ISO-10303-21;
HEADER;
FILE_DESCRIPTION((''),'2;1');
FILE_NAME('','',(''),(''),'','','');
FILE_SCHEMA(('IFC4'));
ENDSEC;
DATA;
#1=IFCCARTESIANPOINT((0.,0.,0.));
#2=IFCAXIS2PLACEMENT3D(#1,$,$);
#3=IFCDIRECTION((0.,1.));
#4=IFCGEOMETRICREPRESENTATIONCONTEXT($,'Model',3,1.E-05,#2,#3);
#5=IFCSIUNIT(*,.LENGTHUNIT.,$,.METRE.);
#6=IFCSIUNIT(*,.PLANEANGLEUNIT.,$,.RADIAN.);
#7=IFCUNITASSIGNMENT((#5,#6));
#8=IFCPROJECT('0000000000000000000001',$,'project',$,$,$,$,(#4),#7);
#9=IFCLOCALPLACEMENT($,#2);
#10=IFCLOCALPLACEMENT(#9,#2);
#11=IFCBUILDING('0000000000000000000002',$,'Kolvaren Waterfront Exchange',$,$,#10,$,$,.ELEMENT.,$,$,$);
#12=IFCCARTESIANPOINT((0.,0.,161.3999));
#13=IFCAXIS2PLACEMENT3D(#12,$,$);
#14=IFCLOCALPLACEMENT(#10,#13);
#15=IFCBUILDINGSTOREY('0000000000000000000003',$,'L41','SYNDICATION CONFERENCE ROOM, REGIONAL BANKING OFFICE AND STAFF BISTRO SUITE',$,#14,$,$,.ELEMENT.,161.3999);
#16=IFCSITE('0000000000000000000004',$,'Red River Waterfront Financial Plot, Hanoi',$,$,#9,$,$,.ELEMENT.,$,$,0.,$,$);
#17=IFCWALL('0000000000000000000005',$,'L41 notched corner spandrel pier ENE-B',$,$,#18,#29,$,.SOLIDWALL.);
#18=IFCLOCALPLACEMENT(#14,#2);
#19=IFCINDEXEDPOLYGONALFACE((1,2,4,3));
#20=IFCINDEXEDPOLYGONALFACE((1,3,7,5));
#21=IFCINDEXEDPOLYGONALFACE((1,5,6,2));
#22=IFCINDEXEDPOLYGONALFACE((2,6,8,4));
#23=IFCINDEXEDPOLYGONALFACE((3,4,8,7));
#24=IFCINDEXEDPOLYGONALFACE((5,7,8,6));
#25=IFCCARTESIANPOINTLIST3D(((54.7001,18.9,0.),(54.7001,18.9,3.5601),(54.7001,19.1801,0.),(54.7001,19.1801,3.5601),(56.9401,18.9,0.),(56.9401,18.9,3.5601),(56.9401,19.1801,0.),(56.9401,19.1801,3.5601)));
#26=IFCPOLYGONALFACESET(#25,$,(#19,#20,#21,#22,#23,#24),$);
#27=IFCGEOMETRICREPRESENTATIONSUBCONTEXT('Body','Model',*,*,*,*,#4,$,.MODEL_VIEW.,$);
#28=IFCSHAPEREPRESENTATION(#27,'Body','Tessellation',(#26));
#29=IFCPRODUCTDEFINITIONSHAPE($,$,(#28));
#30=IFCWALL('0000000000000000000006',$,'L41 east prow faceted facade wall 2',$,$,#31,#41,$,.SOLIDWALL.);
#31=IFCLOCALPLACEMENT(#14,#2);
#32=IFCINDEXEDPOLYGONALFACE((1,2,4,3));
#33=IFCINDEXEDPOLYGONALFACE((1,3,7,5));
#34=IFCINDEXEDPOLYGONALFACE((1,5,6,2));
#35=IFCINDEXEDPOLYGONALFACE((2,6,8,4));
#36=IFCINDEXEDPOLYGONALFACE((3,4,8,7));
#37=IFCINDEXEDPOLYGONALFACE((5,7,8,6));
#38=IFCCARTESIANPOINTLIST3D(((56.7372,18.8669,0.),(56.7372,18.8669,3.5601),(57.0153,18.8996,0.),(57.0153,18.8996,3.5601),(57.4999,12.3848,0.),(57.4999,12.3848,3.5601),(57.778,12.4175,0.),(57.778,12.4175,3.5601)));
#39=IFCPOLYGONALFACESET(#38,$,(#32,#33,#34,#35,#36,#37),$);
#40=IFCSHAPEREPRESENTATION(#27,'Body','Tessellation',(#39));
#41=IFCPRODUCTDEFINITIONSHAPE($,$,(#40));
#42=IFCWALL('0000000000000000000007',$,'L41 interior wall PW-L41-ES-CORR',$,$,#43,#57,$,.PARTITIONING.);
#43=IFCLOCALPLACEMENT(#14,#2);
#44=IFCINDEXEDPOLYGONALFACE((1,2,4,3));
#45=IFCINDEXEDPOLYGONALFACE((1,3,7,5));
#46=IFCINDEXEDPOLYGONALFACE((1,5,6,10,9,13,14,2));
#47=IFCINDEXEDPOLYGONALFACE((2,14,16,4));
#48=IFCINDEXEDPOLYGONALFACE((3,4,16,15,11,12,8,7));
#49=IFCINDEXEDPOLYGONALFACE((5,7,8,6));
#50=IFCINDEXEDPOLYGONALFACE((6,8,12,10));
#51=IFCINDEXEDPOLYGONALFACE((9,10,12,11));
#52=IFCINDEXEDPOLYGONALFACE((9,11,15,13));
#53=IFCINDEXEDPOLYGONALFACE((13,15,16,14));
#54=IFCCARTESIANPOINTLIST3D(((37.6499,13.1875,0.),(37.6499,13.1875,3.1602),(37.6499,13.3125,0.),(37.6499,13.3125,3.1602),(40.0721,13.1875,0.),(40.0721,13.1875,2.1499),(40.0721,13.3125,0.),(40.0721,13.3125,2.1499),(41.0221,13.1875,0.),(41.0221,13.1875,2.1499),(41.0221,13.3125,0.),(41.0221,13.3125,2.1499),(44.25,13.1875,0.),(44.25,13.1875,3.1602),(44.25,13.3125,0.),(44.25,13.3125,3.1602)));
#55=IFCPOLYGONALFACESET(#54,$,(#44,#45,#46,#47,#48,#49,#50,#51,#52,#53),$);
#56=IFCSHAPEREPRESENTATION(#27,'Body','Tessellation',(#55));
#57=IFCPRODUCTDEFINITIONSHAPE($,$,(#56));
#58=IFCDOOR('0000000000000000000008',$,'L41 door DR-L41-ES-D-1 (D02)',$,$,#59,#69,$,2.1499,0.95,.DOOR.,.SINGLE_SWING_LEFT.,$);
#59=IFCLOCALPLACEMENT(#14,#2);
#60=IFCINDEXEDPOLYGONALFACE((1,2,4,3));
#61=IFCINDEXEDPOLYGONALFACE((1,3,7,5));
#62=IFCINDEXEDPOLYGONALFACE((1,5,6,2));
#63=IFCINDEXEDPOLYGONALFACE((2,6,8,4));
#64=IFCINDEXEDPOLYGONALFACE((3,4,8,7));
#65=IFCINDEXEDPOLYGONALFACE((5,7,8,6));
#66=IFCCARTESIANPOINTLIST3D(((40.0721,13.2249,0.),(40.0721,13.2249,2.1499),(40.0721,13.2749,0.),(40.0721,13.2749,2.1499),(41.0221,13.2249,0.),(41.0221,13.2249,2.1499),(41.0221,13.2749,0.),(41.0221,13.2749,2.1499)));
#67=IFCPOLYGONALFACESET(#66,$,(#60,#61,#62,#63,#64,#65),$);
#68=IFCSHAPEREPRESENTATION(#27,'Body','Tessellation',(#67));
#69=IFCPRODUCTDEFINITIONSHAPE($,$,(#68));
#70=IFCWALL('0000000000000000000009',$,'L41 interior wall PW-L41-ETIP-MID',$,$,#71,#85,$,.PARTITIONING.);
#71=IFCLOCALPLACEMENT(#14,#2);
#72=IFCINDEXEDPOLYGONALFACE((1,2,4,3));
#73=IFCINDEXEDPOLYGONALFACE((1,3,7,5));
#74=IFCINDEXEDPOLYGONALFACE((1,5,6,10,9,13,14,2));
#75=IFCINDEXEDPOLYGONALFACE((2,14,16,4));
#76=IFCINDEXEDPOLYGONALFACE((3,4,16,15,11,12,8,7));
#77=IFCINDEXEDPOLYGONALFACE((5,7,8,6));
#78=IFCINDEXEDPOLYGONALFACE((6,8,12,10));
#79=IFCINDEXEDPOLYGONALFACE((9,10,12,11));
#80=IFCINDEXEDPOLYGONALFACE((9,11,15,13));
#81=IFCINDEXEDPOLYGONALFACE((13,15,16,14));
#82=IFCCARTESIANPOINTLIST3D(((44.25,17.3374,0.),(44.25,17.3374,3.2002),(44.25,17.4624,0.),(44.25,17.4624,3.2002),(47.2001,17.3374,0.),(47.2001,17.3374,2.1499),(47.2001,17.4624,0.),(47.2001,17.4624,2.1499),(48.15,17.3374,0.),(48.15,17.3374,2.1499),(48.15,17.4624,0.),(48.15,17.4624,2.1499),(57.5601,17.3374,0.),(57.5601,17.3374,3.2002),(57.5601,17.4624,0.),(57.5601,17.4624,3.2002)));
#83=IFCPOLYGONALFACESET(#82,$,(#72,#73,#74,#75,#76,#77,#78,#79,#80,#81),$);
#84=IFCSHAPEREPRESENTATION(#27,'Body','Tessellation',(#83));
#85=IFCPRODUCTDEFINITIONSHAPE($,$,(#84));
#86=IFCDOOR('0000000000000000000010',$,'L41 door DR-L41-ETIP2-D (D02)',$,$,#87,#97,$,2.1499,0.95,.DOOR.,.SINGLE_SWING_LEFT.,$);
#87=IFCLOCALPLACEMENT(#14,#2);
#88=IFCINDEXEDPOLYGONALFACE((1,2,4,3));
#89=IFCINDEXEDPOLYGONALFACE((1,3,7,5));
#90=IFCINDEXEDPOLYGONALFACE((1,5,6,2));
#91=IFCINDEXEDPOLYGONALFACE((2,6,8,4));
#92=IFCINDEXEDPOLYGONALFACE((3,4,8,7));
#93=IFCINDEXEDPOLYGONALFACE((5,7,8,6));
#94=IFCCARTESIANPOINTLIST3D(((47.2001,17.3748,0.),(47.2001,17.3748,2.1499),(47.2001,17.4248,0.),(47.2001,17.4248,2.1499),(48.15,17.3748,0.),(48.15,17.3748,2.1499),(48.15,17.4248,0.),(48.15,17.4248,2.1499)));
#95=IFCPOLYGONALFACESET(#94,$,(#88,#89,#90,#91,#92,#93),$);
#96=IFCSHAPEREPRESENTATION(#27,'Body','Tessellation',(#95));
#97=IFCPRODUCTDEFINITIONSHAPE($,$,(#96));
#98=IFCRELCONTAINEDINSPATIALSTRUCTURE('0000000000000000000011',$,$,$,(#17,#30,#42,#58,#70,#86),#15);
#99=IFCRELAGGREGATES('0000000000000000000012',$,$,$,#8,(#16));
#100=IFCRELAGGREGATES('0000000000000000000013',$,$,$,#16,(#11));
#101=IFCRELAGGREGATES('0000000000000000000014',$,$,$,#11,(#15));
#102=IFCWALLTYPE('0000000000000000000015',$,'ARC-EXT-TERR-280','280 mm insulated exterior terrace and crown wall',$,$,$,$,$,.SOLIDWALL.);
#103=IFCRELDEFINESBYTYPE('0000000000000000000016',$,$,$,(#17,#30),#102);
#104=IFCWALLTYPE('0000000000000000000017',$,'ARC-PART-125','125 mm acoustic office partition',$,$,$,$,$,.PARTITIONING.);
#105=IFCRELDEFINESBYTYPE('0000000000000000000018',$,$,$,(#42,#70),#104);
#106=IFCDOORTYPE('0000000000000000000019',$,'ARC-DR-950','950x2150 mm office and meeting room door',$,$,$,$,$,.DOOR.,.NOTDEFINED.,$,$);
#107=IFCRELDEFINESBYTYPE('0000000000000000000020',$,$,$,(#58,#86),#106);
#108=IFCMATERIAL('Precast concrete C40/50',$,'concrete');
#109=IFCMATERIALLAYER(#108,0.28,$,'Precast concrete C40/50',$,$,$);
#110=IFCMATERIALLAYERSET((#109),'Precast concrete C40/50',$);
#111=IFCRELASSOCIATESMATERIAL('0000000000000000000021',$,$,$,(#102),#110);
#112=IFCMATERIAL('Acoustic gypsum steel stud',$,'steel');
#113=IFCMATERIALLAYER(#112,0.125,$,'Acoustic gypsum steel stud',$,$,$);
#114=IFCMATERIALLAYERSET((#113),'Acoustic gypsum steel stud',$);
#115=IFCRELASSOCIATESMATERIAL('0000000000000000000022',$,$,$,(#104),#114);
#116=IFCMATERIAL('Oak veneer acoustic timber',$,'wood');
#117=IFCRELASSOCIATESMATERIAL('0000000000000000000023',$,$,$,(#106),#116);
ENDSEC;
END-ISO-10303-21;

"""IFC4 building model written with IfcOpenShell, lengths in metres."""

from ifc_helpers import new_model, si_unit, direction, frame, frame_2d, origin, place, context, subcontext, project, spatial, rectangle, extrude, material, layer, layer_set, type_object, element, fill, save


model = new_model("IFC4")

# Units and contexts
model_context = context("Model", 3, precision=1e-05, world=origin(), true_north=direction((0.0, 1.0)))
body_context = subcontext(model_context, "Body", "Model", "MODEL_VIEW")
ifc_project = project(units=[si_unit("LENGTHUNIT", "METRE"), si_unit("PLANEANGLEUNIT", "RADIAN")], contexts=[model_context])

# Site, building, storey
site_placement = place(None, origin())
site = spatial("IfcSite", under=ifc_project, at=site_placement, Name="Red River Waterfront Financial Plot, Hanoi", CompositionType="ELEMENT", RefElevation=0.0)
building_placement = place(site_placement, origin())
building = spatial("IfcBuilding", under=site, at=building_placement, Name="Kolvaren Waterfront Exchange", CompositionType="ELEMENT")
storey_placement = place(building_placement, frame((0.0, 0.0, 161.3999)))
storey = spatial("IfcBuildingStorey", under=building, at=storey_placement, Name="L41", Description="SYNDICATION CONFERENCE ROOM, REGIONAL BANKING OFFICE AND STAFF BISTRO SUITE", CompositionType="ELEMENT", Elevation=161.3999)

# Walls
ifc_material_1 = material(Name="Precast concrete C40/50", Category="concrete")
ifc_layer_1 = layer(ifc_material_1, 0.28, Name="Precast concrete C40/50")
ifc_layer_set_1 = layer_set([ifc_layer_1], Name="Precast concrete C40/50")
wall_type_1 = type_object("IfcWallType", Name="ARC-EXT-TERR-280", Description="280 mm insulated exterior terrace and crown wall", PredefinedType="SOLIDWALL", material=ifc_layer_set_1)
wall_1_placement = place(storey_placement, frame((54.7, 19.04, 0.0), z_axis=(0.0, 0.0, 1.0), x_axis=(1.0, 0.0, 0.0)))
element("IfcWall", 1, at=wall_1_placement, inside=storey, type_object=wall_type_1, Name="L41 notched corner spandrel pier ENE-B", PredefinedType="SOLIDWALL", context=body_context, shape_type="SweptSolid", body=[
    extrude(rectangle(XDim=2.24, YDim=0.28, at=frame_2d((1.1201, 0.0))), origin(), (0.0, 0.0, 1.0), 3.5601),
])
wall_2_placement = place(storey_placement, frame((57.6389, 12.4011, 0.0), z_axis=(0.0, 0.0, 1.0), x_axis=(-0.116854, 0.993149, 0.0)))
element("IfcWall", 2, at=wall_2_placement, inside=storey, type_object=wall_type_1, Name="L41 east prow faceted facade wall 2", PredefinedType="SOLIDWALL", context=body_context, shape_type="SweptSolid", body=[
    extrude(rectangle(XDim=6.5269, YDim=0.28, at=frame_2d((3.2634, 0.0))), origin(), (0.0, 0.0, 1.0), 3.5601),
])

# Walls, openings, doors
ifc_material_2 = material(Name="Acoustic gypsum steel stud", Category="steel")
ifc_layer_2 = layer(ifc_material_2, 0.125, Name="Acoustic gypsum steel stud")
ifc_layer_set_2 = layer_set([ifc_layer_2], Name="Acoustic gypsum steel stud")
wall_type_2 = type_object("IfcWallType", Name="ARC-PART-125", Description="125 mm acoustic office partition", PredefinedType="PARTITIONING", material=ifc_layer_set_2)
wall_3_placement = place(storey_placement, frame((37.6499, 13.25, 0.0), z_axis=(0.0, 0.0, 1.0), x_axis=(1.0, 0.0, 0.0)))
wall_3 = element("IfcWall", 3, at=wall_3_placement, inside=storey, type_object=wall_type_2, Name="L41 interior wall PW-L41-ES-CORR", PredefinedType="PARTITIONING", context=body_context, shape_type="SweptSolid", body=[
    extrude(rectangle(XDim=6.6001, YDim=0.125, at=frame_2d((3.3, 0.0))), origin(), (0.0, 0.0, 1.0), 3.1602),
])
opening_1_placement = place(wall_3_placement, frame((2.4221, 0.0, 0.0)))
opening_1 = element("IfcOpeningElement", 4, at=opening_1_placement, cuts=wall_3, PredefinedType="OPENING", context=body_context, shape_type="SweptSolid", body=[
    extrude(rectangle(XDim=0.95, YDim=2.1499, at=frame_2d((0.4751, 1.075))), frame((0.0, 0.0725, 0.0), z_axis=(0.0, -1.0, 0.0), x_axis=(1.0, 0.0, 0.0)), (0.0, 0.0, 1.0), 0.145),
])
ifc_material_3 = material(Name="Oak veneer acoustic timber", Category="wood")
door_type = type_object("IfcDoorType", Name="ARC-DR-950", Description="950x2150 mm office and meeting room door", OperationType="NOTDEFINED", PredefinedType="DOOR", material=ifc_material_3)
door_1_placement = place(opening_1_placement, origin())
door_1 = element("IfcDoor", 5, at=door_1_placement, inside=storey, type_object=door_type, Name="L41 door DR-L41-ES-D-1 (D02)", OperationType="SINGLE_SWING_LEFT", OverallHeight=2.1499, OverallWidth=0.95, PredefinedType="DOOR", context=body_context, shape_type="SweptSolid", body=[
    extrude(rectangle(XDim=0.95, YDim=2.1499, at=frame_2d((0.4751, 1.075))), frame((0.0, 0.0249, 0.0), z_axis=(0.0, -1.0, 0.0), x_axis=(1.0, 0.0, 0.0)), (0.0, 0.0, 1.0), 0.05),
])
fill(opening_1, door_1)
wall_4_placement = place(storey_placement, frame((44.25, 17.3999, 0.0), z_axis=(0.0, 0.0, 1.0), x_axis=(1.0, 0.0, 0.0)))
wall_4 = element("IfcWall", 6, at=wall_4_placement, inside=storey, type_object=wall_type_2, Name="L41 interior wall PW-L41-ETIP-MID", PredefinedType="PARTITIONING", context=body_context, shape_type="SweptSolid", body=[
    extrude(rectangle(XDim=13.3101, YDim=0.125, at=frame_2d((6.655, 0.0))), origin(), (0.0, 0.0, 1.0), 3.2002),
])
opening_2_placement = place(wall_4_placement, frame((2.95, 0.0, 0.0)))
opening_2 = element("IfcOpeningElement", 7, at=opening_2_placement, cuts=wall_4, PredefinedType="OPENING", context=body_context, shape_type="SweptSolid", body=[
    extrude(rectangle(XDim=0.95, YDim=2.1499, at=frame_2d((0.4751, 1.075))), frame((0.0, 0.0725, 0.0), z_axis=(0.0, -1.0, 0.0), x_axis=(1.0, 0.0, 0.0)), (0.0, 0.0, 1.0), 0.145),
])
door_2_placement = place(opening_2_placement, origin())
door_2 = element("IfcDoor", 8, at=door_2_placement, inside=storey, type_object=door_type, Name="L41 door DR-L41-ETIP2-D (D02)", OperationType="SINGLE_SWING_LEFT", OverallHeight=2.1499, OverallWidth=0.95, PredefinedType="DOOR", context=body_context, shape_type="SweptSolid", body=[
    extrude(rectangle(XDim=0.95, YDim=2.1499, at=frame_2d((0.4751, 1.075))), frame((0.0, 0.0249, 0.0), z_axis=(0.0, -1.0, 0.0), x_axis=(1.0, 0.0, 0.0)), (0.0, 0.0, 1.0), 0.05),
])
fill(opening_2, door_2)

save(model, "model.ifc")
